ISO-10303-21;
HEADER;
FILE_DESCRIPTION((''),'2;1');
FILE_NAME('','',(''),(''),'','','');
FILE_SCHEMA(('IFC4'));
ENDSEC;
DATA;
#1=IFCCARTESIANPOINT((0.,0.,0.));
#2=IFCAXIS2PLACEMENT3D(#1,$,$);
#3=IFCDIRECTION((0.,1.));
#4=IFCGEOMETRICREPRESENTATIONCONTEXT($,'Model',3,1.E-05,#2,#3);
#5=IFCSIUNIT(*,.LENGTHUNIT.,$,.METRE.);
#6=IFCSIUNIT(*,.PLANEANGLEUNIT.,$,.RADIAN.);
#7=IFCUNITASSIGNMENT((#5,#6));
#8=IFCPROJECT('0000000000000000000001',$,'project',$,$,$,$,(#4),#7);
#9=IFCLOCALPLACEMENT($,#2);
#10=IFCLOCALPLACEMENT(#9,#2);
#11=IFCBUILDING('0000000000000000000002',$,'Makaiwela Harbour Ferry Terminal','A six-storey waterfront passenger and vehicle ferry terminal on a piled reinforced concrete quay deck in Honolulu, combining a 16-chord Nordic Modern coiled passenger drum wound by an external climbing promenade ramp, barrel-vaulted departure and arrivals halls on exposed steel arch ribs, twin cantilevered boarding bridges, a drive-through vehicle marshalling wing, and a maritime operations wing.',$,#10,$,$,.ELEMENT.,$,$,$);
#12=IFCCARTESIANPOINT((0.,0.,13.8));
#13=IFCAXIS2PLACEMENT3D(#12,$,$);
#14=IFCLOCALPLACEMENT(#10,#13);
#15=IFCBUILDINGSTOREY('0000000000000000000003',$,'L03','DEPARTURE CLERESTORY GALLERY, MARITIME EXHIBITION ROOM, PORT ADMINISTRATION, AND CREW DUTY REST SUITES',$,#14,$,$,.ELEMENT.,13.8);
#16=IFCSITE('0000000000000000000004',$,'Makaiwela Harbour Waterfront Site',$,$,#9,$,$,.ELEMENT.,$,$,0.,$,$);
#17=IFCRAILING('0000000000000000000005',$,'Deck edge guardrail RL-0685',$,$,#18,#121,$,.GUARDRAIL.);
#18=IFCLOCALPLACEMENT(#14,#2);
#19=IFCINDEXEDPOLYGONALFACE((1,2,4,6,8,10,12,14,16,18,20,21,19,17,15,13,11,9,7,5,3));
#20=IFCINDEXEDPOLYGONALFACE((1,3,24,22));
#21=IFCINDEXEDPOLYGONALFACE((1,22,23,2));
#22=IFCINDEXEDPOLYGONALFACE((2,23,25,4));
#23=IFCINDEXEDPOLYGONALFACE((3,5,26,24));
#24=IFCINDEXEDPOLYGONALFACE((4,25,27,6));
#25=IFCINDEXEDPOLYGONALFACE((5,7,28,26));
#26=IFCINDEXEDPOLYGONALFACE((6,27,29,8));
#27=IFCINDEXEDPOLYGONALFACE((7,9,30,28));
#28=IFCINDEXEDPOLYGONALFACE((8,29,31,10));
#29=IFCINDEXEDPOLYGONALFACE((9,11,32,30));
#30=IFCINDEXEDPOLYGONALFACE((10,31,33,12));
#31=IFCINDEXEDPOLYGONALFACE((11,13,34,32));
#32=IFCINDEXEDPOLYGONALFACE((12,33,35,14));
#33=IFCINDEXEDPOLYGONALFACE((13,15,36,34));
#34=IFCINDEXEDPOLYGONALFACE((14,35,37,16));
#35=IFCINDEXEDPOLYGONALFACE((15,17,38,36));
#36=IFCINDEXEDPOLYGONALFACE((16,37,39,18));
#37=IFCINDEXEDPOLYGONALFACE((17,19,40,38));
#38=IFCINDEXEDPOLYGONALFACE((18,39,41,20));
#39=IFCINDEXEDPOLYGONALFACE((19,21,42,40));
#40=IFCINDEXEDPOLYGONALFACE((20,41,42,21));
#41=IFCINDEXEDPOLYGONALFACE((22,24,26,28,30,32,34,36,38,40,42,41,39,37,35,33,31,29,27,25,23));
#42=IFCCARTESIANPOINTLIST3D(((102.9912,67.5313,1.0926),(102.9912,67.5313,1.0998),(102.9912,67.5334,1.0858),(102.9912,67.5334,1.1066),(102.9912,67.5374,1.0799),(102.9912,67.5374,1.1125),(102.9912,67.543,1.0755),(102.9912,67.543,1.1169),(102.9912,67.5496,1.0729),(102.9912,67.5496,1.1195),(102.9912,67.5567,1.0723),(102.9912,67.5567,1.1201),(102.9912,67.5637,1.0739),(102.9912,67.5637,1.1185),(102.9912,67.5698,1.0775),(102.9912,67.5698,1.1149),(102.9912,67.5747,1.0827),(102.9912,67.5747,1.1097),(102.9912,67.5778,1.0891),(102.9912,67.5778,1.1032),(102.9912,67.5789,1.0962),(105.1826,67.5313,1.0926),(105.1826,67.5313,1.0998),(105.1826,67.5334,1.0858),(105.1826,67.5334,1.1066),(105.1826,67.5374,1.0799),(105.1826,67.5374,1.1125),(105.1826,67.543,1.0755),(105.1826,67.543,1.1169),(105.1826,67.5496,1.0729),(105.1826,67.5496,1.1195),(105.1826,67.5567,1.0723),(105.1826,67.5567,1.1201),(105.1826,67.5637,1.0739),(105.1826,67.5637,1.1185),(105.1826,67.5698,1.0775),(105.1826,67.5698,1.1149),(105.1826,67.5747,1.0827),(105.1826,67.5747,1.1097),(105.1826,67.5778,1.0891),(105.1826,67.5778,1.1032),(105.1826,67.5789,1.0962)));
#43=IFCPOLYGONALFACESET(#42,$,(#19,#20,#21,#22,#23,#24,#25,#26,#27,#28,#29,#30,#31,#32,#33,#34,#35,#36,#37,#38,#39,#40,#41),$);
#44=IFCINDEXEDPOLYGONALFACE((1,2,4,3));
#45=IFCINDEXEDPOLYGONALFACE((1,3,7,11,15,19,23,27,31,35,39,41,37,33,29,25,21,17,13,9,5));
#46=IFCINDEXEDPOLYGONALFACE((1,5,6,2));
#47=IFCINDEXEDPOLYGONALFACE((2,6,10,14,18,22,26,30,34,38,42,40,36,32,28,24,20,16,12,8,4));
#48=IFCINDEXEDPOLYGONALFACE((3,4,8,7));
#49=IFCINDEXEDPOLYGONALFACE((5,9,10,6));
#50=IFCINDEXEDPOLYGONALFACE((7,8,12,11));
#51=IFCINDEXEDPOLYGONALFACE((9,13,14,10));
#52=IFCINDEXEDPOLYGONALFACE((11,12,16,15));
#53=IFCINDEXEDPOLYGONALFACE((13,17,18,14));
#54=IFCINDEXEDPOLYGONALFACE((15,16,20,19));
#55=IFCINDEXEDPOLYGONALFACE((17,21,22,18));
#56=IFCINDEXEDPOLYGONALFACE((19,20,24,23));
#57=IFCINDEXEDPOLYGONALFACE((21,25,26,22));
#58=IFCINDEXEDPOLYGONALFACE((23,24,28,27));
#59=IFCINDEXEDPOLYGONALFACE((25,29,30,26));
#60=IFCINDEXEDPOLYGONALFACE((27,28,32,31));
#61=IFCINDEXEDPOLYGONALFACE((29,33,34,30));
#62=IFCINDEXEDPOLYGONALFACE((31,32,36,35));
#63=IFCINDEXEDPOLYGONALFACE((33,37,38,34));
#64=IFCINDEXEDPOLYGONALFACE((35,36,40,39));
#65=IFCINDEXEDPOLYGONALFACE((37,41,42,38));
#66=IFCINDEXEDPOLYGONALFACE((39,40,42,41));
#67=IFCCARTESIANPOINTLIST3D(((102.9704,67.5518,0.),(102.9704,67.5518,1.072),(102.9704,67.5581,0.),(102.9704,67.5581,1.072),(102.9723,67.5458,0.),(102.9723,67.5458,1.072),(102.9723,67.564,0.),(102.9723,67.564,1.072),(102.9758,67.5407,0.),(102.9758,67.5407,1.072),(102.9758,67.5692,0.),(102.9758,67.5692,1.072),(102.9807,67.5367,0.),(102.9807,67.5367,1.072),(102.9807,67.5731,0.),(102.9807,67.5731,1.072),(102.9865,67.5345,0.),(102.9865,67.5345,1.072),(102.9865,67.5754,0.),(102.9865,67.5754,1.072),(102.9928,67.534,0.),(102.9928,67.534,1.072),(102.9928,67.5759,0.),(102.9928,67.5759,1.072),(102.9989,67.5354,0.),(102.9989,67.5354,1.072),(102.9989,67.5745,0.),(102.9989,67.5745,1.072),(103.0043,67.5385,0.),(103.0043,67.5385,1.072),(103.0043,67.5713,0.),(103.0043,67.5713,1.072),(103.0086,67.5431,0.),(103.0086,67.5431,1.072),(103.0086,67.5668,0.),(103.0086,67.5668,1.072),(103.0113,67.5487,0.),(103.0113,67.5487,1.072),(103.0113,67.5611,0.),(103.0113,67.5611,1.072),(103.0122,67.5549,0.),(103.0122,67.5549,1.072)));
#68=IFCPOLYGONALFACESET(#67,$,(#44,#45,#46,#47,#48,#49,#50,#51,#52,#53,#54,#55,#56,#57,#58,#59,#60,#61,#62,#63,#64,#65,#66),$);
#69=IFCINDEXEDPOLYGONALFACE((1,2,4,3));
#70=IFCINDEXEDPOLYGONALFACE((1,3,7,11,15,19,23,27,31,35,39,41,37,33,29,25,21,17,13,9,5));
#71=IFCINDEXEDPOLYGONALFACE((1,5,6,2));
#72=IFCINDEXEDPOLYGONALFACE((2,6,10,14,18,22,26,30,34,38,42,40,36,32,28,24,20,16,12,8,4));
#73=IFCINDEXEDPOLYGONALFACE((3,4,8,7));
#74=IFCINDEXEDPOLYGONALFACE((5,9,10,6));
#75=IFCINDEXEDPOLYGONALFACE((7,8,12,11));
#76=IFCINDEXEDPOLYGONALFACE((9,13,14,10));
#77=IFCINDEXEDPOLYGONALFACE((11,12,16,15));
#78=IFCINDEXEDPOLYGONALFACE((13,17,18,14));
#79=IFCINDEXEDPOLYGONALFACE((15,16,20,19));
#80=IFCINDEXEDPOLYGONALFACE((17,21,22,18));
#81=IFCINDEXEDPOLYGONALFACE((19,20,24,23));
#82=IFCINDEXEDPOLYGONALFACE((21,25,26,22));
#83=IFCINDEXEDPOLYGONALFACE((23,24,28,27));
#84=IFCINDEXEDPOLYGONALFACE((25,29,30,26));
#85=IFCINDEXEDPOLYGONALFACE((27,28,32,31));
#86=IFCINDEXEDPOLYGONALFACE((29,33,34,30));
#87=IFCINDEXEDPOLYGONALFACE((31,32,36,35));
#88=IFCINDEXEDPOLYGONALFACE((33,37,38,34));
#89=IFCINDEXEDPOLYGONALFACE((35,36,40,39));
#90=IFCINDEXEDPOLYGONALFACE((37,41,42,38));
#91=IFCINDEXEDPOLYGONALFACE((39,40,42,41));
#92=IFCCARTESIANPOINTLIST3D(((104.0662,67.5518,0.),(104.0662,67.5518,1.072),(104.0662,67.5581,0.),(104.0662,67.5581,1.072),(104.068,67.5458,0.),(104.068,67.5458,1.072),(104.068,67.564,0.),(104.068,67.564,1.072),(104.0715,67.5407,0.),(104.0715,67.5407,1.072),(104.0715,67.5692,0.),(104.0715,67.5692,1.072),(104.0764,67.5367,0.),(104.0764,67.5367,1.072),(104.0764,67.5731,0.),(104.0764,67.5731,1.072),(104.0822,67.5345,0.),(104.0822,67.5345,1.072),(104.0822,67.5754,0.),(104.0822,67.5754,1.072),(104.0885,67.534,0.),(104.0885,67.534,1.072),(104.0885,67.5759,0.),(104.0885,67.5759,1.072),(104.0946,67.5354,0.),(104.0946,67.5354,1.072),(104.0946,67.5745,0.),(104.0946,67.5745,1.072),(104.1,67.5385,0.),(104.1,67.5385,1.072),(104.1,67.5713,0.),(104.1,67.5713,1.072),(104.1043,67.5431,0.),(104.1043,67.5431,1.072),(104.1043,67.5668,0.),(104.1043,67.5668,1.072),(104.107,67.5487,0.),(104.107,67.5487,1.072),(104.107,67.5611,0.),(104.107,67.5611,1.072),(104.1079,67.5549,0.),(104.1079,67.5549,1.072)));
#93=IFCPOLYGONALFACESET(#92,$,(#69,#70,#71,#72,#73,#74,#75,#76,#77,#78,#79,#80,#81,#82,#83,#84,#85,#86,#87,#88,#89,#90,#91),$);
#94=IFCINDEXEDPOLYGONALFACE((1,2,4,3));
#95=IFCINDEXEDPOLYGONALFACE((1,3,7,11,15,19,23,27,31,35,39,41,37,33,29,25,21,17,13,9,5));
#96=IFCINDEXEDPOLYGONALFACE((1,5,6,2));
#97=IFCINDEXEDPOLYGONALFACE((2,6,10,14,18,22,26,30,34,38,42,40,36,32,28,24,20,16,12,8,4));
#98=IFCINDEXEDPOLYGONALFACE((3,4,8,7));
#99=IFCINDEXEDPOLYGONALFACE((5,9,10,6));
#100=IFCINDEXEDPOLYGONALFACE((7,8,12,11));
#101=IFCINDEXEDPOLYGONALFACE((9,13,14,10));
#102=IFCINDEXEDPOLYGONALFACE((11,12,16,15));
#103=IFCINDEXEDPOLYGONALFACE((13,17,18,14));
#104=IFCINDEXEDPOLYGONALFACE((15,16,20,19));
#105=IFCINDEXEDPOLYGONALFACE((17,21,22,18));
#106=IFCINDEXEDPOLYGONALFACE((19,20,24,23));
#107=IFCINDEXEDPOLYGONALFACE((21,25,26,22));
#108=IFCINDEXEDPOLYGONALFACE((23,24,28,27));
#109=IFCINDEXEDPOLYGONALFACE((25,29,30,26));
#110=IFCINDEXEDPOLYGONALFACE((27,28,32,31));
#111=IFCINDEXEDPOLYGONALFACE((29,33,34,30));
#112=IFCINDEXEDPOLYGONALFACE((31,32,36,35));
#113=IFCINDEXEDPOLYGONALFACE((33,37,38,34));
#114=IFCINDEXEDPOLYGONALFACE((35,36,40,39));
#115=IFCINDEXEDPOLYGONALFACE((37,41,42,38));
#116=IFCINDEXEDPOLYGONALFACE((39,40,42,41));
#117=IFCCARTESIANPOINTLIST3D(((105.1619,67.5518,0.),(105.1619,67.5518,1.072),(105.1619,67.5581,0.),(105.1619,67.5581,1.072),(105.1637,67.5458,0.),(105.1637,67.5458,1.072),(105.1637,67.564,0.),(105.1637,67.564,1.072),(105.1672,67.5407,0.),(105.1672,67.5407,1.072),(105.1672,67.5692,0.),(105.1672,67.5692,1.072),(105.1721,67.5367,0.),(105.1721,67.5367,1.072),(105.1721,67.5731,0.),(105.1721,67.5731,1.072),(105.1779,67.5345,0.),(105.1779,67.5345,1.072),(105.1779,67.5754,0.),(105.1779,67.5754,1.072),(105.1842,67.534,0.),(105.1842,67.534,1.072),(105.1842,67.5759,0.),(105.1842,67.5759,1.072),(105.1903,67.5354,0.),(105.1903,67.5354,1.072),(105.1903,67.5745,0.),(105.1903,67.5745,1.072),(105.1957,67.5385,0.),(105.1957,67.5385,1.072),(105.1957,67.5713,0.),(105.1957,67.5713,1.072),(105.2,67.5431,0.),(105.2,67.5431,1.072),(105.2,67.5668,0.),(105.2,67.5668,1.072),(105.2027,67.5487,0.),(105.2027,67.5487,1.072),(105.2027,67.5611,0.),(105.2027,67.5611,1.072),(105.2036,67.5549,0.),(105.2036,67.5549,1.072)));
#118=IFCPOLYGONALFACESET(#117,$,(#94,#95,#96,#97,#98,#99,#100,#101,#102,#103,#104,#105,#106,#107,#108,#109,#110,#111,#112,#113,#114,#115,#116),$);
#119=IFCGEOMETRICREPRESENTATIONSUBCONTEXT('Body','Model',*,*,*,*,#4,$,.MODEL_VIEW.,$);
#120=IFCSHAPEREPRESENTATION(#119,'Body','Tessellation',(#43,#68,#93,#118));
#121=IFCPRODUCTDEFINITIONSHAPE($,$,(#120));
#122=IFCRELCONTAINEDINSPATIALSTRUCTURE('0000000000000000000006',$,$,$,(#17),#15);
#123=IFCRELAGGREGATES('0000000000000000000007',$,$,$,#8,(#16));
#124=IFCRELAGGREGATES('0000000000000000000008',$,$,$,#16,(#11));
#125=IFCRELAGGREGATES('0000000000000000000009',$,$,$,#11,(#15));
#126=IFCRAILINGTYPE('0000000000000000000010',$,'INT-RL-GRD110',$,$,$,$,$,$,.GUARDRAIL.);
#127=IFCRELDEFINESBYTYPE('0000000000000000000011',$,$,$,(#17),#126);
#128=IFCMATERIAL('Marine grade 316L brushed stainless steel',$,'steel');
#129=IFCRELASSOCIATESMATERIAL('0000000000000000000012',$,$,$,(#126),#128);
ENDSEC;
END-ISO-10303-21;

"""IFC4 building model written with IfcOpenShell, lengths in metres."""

from ifc_helpers import new_model, si_unit, direction, frame, origin, origin_2d, place, context, subcontext, project, spatial, circle, extrude, material, type_object, element, save


model = new_model("IFC4")

# Units and contexts
model_context = context("Model", 3, precision=1e-05, world=origin(), true_north=direction((0.0, 1.0)))
body_context = subcontext(model_context, "Body", "Model", "MODEL_VIEW")
ifc_project = project(units=[si_unit("LENGTHUNIT", "METRE"), si_unit("PLANEANGLEUNIT", "RADIAN")], contexts=[model_context])

# Site, building, storey
site_placement = place(None, origin())
site = spatial("IfcSite", under=ifc_project, at=site_placement, Name="Makaiwela Harbour Waterfront Site", CompositionType="ELEMENT", RefElevation=0.0)
building_placement = place(site_placement, origin())
building = spatial("IfcBuilding", under=site, at=building_placement, Name="Makaiwela Harbour Ferry Terminal", Description="A six-storey waterfront passenger and vehicle ferry terminal on a piled reinforced concrete quay deck in Honolulu, combining a 16-chord Nordic Modern coiled passenger drum wound by an external climbing promenade ramp, barrel-vaulted departure and arrivals halls on exposed steel arch ribs, twin cantilevered boarding bridges, a drive-through vehicle marshalling wing, and a maritime operations wing.", CompositionType="ELEMENT")
storey_placement = place(building_placement, frame((0.0, 0.0, 13.8)))
storey = spatial("IfcBuildingStorey", under=building, at=storey_placement, Name="L03", Description="DEPARTURE CLERESTORY GALLERY, MARITIME EXHIBITION ROOM, PORT ADMINISTRATION, AND CREW DUTY REST SUITES", CompositionType="ELEMENT", Elevation=13.8)

# Railing
ifc_material_1 = material(Name="Marine grade 316L brushed stainless steel", Category="steel")
railing_type = type_object("IfcRailingType", Name="INT-RL-GRD110", PredefinedType="GUARDRAIL", material=ifc_material_1)
railing_1_placement = place(storey_placement, frame((102.9912, 67.5549, 0.0)))
element("IfcRailing", 1, at=railing_1_placement, inside=storey, type_object=railing_type, Name="Deck edge guardrail RL-0685", PredefinedType="GUARDRAIL", context=body_context, shape_type="SweptSolid", body=[
    extrude(circle(Radius=0.0239, at=origin_2d()), frame((0.0, 0.0, 1.0962), z_axis=(1.0, 0.0, 0.0), x_axis=(0.0, 1.0, 0.0)), (0.0, 0.0, 1.0), 2.1914),
    extrude(circle(Radius=0.021, at=origin_2d()), origin(), (0.0, 0.0, 1.0), 1.072),
    extrude(circle(Radius=0.021, at=origin_2d()), frame((1.0957, 0.0, 0.0)), (0.0, 0.0, 1.0), 1.072),
    extrude(circle(Radius=0.021, at=origin_2d()), frame((2.1914, 0.0, 0.0)), (0.0, 0.0, 1.0), 1.072),
])

save(model, "model.ifc")
